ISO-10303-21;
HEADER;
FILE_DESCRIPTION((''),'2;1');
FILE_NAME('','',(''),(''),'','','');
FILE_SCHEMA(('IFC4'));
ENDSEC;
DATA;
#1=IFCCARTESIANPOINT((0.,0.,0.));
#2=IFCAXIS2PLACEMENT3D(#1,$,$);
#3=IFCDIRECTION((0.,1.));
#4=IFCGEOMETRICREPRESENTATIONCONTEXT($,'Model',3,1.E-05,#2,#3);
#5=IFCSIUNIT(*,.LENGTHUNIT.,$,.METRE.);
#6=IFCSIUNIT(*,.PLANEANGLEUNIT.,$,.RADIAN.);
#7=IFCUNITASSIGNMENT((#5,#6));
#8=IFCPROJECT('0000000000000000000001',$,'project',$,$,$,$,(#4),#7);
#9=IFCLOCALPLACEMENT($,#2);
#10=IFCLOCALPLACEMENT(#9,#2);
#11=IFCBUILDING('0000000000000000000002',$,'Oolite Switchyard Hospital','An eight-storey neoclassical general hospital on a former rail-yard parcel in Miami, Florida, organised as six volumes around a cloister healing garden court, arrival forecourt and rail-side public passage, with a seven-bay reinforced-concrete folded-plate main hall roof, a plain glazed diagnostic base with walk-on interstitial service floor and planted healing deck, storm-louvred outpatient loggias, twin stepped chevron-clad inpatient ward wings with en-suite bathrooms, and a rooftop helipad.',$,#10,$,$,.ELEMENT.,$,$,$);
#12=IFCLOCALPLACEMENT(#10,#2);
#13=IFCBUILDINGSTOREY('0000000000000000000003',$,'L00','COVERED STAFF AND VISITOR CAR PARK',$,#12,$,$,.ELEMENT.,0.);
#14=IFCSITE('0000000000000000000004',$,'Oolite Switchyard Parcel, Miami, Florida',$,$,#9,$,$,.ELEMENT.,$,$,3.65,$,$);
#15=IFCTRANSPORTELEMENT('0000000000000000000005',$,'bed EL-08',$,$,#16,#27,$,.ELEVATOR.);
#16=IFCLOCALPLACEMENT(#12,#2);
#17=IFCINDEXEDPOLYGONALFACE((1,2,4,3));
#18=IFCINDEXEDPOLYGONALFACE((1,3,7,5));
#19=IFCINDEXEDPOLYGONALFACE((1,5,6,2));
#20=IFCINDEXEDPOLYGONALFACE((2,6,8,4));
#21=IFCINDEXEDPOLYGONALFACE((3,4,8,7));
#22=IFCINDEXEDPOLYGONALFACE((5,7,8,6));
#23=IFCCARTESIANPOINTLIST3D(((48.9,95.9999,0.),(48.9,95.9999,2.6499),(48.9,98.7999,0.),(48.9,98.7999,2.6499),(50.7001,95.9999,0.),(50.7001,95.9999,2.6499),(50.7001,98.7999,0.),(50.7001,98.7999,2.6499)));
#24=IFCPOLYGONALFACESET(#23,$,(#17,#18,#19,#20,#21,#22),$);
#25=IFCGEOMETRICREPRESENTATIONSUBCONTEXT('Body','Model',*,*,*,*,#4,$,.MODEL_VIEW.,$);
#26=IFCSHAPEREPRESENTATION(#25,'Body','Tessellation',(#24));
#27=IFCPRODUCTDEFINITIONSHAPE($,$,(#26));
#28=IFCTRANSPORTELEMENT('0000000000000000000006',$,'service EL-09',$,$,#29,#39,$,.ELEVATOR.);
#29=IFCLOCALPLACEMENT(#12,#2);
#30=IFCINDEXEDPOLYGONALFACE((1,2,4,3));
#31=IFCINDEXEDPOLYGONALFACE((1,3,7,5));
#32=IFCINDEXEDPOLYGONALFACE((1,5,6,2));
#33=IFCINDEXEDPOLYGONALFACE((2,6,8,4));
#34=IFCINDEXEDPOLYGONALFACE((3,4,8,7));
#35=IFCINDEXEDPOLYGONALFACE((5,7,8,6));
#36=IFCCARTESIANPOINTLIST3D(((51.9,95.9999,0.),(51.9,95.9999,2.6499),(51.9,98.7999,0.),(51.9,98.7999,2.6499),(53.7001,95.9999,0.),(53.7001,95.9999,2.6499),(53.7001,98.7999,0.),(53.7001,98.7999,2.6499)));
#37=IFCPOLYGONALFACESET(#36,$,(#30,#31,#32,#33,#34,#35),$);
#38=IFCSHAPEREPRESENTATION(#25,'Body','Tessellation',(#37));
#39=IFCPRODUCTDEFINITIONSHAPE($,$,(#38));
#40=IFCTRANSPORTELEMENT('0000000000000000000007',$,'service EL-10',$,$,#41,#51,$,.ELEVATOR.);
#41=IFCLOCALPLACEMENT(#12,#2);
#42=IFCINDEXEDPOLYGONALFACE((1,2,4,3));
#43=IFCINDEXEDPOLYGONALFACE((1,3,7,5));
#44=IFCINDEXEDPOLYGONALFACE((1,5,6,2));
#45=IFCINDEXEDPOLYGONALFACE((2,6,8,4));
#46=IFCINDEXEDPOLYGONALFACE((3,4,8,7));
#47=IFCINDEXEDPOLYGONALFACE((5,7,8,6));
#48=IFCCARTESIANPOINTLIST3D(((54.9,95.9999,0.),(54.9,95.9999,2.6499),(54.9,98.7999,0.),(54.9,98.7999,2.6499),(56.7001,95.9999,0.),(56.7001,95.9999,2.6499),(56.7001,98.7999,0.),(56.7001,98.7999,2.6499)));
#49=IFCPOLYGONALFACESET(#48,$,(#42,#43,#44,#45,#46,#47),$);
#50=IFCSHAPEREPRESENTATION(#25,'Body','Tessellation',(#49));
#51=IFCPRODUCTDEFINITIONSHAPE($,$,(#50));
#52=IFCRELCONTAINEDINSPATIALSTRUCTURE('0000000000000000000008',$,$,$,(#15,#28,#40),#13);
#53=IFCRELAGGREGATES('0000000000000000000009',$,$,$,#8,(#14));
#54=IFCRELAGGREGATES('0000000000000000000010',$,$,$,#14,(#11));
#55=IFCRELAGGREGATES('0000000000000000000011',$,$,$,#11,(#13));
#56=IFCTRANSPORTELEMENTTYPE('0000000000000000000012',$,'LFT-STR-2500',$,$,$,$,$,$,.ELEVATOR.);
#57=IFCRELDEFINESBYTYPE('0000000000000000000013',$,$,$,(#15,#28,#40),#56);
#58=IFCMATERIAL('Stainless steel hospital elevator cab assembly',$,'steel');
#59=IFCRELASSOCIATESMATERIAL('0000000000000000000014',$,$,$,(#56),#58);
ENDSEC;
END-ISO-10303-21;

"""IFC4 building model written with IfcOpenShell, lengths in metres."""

from ifc_helpers import new_model, si_unit, direction, frame, origin, origin_2d, place, context, subcontext, project, spatial, rectangle, extrude, material, type_object, element, save


model = new_model("IFC4")

# Units and contexts
model_context = context("Model", 3, precision=1e-05, world=origin(), true_north=direction((0.0, 1.0)))
body_context = subcontext(model_context, "Body", "Model", "MODEL_VIEW")
ifc_project = project(units=[si_unit("LENGTHUNIT", "METRE"), si_unit("PLANEANGLEUNIT", "RADIAN")], contexts=[model_context])

# Site, building, storey
site_placement = place(None, origin())
site = spatial("IfcSite", under=ifc_project, at=site_placement, Name="Oolite Switchyard Parcel, Miami, Florida", CompositionType="ELEMENT", RefElevation=3.65)
building_placement = place(site_placement, origin())
building = spatial("IfcBuilding", under=site, at=building_placement, Name="Oolite Switchyard Hospital", Description="An eight-storey neoclassical general hospital on a former rail-yard parcel in Miami, Florida, organised as six volumes around a cloister healing garden court, arrival forecourt and rail-side public passage, with a seven-bay reinforced-concrete folded-plate main hall roof, a plain glazed diagnostic base with walk-on interstitial service floor and planted healing deck, storm-louvred outpatient loggias, twin stepped chevron-clad inpatient ward wings with en-suite bathrooms, and a rooftop helipad.", CompositionType="ELEMENT")
storey_placement = place(building_placement, origin())
storey = spatial("IfcBuildingStorey", under=building, at=storey_placement, Name="L00", Description="COVERED STAFF AND VISITOR CAR PARK", CompositionType="ELEMENT", Elevation=0.0)

# Transport elements
ifc_material_1 = material(Name="Stainless steel hospital elevator cab assembly", Category="steel")
transport_element_type = type_object("IfcTransportElementType", Name="LFT-STR-2500", PredefinedType="ELEVATOR", material=ifc_material_1)
for number, where, z_axis, x_axis, name in (
    (1, (49.8, 97.3999, 0.0), (0.0, 0.0, 1.0), (1.0, 0.0, 0.0), "bed EL-08"),
    (2, (52.8, 97.3999, 0.0), (0.0, 0.0, 1.0), (1.0, 0.0, 0.0), "service EL-09"),
    (3, (55.8, 97.3999, 0.0), (0.0, 0.0, 1.0), (1.0, 0.0, 0.0), "service EL-10"),
):
    element("IfcTransportElement", number, at=place(storey_placement, frame(where, z_axis=z_axis, x_axis=x_axis)), inside=storey, type_object=transport_element_type, Name=name, PredefinedType="ELEVATOR", context=body_context, shape_type="SweptSolid", body=[
        extrude(rectangle(XDim=1.8, YDim=2.8, at=origin_2d()), origin(), (0.0, 0.0, 1.0), 2.6499),
    ])

save(model, "model.ifc")
